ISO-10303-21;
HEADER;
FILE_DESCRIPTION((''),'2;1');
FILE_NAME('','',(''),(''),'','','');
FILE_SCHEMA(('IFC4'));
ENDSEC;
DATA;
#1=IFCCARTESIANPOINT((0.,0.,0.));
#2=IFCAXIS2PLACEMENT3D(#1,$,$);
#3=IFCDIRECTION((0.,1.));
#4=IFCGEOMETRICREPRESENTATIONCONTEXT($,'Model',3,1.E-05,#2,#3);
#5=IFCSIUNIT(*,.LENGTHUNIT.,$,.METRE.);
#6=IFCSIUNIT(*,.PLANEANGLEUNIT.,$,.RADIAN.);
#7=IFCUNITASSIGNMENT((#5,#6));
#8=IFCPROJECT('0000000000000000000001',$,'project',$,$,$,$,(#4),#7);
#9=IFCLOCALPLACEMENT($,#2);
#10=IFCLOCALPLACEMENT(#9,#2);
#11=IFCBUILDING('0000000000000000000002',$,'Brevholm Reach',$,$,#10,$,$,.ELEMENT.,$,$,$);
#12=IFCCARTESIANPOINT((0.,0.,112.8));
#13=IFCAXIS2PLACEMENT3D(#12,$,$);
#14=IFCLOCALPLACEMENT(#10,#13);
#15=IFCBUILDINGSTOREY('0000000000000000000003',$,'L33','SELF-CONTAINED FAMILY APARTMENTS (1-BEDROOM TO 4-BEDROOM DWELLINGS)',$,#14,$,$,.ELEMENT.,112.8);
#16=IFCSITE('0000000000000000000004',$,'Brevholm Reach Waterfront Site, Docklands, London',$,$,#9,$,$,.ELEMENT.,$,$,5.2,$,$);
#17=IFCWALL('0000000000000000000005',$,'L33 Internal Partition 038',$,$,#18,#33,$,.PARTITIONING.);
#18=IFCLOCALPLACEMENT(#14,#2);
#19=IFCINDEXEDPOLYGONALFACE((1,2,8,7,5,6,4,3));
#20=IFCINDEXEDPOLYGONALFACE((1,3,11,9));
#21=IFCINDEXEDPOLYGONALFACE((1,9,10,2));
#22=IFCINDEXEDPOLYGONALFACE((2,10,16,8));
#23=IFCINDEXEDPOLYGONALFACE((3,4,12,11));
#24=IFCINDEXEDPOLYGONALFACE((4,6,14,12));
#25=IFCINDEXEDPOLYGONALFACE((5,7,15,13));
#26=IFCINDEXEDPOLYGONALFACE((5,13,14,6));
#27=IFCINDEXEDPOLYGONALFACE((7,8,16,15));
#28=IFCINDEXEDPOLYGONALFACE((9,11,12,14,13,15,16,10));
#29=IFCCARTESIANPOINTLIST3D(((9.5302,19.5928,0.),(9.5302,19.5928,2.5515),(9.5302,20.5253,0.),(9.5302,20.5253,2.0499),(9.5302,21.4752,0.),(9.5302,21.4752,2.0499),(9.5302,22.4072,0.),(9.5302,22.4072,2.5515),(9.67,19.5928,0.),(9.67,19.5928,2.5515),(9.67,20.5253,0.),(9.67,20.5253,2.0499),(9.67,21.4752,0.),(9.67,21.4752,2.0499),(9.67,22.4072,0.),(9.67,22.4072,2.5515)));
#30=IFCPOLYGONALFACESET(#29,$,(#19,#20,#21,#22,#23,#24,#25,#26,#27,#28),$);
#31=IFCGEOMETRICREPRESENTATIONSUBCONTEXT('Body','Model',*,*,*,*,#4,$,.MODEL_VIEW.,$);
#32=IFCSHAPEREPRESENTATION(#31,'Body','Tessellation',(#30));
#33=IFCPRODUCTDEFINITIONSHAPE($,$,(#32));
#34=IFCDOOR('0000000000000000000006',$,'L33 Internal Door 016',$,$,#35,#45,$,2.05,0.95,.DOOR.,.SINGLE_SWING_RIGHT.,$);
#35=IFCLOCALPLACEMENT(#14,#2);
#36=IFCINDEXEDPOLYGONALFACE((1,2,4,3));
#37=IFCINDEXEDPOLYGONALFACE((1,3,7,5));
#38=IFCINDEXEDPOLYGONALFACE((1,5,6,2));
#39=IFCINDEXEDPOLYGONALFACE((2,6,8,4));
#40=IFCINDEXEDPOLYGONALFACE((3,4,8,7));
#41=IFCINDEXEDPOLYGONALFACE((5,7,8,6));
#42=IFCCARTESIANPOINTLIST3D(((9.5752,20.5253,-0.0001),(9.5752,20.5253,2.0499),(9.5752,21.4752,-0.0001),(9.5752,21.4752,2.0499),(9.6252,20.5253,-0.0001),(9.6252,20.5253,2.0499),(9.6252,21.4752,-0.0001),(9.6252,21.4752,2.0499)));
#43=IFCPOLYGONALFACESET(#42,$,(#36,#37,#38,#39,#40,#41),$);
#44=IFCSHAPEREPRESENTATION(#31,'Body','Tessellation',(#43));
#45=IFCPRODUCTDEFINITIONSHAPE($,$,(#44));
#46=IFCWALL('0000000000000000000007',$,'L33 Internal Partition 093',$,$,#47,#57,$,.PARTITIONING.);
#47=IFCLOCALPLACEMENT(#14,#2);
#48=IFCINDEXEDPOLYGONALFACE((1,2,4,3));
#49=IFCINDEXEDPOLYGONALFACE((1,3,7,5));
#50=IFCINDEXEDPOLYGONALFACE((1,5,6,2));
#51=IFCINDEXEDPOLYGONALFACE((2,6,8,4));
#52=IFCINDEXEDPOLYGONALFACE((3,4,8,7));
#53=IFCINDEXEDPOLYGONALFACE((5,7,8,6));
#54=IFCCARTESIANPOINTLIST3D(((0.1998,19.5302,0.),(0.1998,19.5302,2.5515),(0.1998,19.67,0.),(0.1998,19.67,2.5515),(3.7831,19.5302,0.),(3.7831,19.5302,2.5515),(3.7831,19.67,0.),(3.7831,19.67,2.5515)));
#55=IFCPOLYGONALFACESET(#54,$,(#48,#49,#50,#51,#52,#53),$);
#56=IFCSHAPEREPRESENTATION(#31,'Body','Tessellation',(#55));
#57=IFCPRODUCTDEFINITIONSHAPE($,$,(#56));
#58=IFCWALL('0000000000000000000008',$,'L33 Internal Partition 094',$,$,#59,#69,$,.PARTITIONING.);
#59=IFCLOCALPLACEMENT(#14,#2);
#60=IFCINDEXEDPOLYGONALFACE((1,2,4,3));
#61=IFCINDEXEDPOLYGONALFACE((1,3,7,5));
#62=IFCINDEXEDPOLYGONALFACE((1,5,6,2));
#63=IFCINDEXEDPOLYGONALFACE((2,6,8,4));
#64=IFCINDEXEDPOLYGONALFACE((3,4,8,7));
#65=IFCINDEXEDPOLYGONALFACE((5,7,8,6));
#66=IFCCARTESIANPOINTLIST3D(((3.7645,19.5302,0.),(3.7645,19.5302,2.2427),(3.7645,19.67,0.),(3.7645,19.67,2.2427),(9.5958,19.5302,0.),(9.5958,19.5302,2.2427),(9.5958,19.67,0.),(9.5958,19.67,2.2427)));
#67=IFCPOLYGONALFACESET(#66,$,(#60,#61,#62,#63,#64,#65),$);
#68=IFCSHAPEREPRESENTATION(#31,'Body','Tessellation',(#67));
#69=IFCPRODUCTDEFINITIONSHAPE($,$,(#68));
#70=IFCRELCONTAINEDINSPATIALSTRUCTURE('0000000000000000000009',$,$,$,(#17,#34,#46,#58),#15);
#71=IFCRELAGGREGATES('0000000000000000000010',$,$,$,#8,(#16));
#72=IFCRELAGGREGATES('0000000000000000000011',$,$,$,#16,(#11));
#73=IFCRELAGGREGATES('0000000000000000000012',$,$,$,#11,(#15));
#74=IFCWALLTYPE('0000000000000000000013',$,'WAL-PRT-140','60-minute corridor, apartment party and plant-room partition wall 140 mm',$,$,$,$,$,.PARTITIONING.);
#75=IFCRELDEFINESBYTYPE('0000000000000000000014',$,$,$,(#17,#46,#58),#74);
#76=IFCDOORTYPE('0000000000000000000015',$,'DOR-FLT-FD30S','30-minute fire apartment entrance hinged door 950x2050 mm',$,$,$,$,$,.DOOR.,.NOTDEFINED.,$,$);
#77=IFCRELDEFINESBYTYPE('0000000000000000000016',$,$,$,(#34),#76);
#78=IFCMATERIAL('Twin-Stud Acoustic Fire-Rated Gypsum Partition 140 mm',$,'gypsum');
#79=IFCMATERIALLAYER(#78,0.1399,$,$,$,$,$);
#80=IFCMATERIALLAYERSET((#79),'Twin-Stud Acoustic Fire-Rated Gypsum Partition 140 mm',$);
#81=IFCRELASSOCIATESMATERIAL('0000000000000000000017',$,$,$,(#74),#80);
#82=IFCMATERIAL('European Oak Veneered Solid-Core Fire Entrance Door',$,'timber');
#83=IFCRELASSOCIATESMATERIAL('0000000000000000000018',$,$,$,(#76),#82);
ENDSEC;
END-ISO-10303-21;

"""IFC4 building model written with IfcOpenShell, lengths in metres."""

from ifc_helpers import new_model, si_unit, direction, frame, frame_2d, origin, place, context, subcontext, project, spatial, rectangle, extrude, material, layer, layer_set, type_object, element, fill, save


model = new_model("IFC4")

# Units and contexts
model_context = context("Model", 3, precision=1e-05, world=origin(), true_north=direction((0.0, 1.0)))
body_context = subcontext(model_context, "Body", "Model", "MODEL_VIEW")
ifc_project = project(units=[si_unit("LENGTHUNIT", "METRE"), si_unit("PLANEANGLEUNIT", "RADIAN")], contexts=[model_context])

# Site, building, storey
site_placement = place(None, origin())
site = spatial("IfcSite", under=ifc_project, at=site_placement, Name="Brevholm Reach Waterfront Site, Docklands, London", CompositionType="ELEMENT", RefElevation=5.2)
building_placement = place(site_placement, origin())
building = spatial("IfcBuilding", under=site, at=building_placement, Name="Brevholm Reach", CompositionType="ELEMENT")
storey_placement = place(building_placement, frame((0.0, 0.0, 112.8)))
storey = spatial("IfcBuildingStorey", under=building, at=storey_placement, Name="L33", Description="SELF-CONTAINED FAMILY APARTMENTS (1-BEDROOM TO 4-BEDROOM DWELLINGS)", CompositionType="ELEMENT", Elevation=112.8)

# Shared definitions
ifc_material_1 = material(Name="Twin-Stud Acoustic Fire-Rated Gypsum Partition 140 mm", Category="gypsum")
ifc_layer_1 = layer(ifc_material_1, 0.1399)
ifc_layer_set_1 = layer_set([ifc_layer_1], Name="Twin-Stud Acoustic Fire-Rated Gypsum Partition 140 mm")
wall_type_1 = type_object("IfcWallType", Name="WAL-PRT-140", Description="60-minute corridor, apartment party and plant-room partition wall 140 mm", PredefinedType="PARTITIONING", material=ifc_layer_set_1)

# Wall, opening, door
wall_1_placement = place(storey_placement, frame((9.6001, 19.5928, 0.0), z_axis=(0.0, 0.0, 1.0), x_axis=(0.0, 1.0, 0.0)))
wall_1 = element("IfcWall", 1, at=wall_1_placement, inside=storey, type_object=wall_type_1, Name="L33 Internal Partition 038", PredefinedType="PARTITIONING", context=body_context, shape_type="SweptSolid", body=[
    extrude(rectangle(XDim=2.8145, YDim=0.1399, at=frame_2d((1.4072, 0.0))), origin(), (0.0, 0.0, 1.0), 2.5515),
])
opening_1_placement = place(wall_1_placement, frame((0.9324, 0.0, 0.0)))
opening_1 = element("IfcOpeningElement", 2, at=opening_1_placement, cuts=wall_1, PredefinedType="OPENING", context=body_context, shape_type="SweptSolid", body=[
    extrude(rectangle(XDim=0.95, YDim=2.05, at=frame_2d((0.4751, 1.0249))), frame((0.0, 0.0798, 0.0), z_axis=(0.0, -1.0, 0.0), x_axis=(1.0, 0.0, 0.0)), (0.0, 0.0, 1.0), 0.1599),
])
ifc_material_2 = material(Name="European Oak Veneered Solid-Core Fire Entrance Door", Category="timber")
door_type_1 = type_object("IfcDoorType", Name="DOR-FLT-FD30S", Description="30-minute fire apartment entrance hinged door 950x2050 mm", OperationType="NOTDEFINED", PredefinedType="DOOR", material=ifc_material_2)
door_1_placement = place(opening_1_placement, origin())
door_1 = element("IfcDoor", 3, at=door_1_placement, inside=storey, type_object=door_type_1, Name="L33 Internal Door 016", OperationType="SINGLE_SWING_RIGHT", OverallHeight=2.05, OverallWidth=0.95, PredefinedType="DOOR", context=body_context, shape_type="SweptSolid", body=[
    extrude(rectangle(XDim=0.95, YDim=2.05, at=frame_2d((0.4751, 1.0249))), frame((0.0, 0.0249, 0.0), z_axis=(0.0, -1.0, 0.0), x_axis=(1.0, 0.0, 0.0)), (0.0, 0.0, 1.0), 0.05),
])
fill(opening_1, door_1)

# Walls
wall_2_placement = place(storey_placement, frame((0.2, 19.6001, 0.0), z_axis=(0.0, 0.0, 1.0), x_axis=(1.0, 0.0, 0.0)))
element("IfcWall", 4, at=wall_2_placement, inside=storey, type_object=wall_type_1, Name="L33 Internal Partition 093", PredefinedType="PARTITIONING", context=body_context, shape_type="SweptSolid", body=[
    extrude(rectangle(XDim=3.5833, YDim=0.1399, at=frame_2d((1.7915, 0.0))), origin(), (0.0, 0.0, 1.0), 2.5515),
])
wall_3_placement = place(storey_placement, frame((3.7646, 19.6001, 0.0), z_axis=(0.0, 0.0, 1.0), x_axis=(1.0, 0.0, 0.0)))
element("IfcWall", 5, at=wall_3_placement, inside=storey, type_object=wall_type_1, Name="L33 Internal Partition 094", PredefinedType="PARTITIONING", context=body_context, shape_type="SweptSolid", body=[
    extrude(rectangle(XDim=5.8313, YDim=0.1399, at=frame_2d((2.9155, 0.0))), origin(), (0.0, 0.0, 1.0), 2.2427),
])

save(model, "model.ifc")
